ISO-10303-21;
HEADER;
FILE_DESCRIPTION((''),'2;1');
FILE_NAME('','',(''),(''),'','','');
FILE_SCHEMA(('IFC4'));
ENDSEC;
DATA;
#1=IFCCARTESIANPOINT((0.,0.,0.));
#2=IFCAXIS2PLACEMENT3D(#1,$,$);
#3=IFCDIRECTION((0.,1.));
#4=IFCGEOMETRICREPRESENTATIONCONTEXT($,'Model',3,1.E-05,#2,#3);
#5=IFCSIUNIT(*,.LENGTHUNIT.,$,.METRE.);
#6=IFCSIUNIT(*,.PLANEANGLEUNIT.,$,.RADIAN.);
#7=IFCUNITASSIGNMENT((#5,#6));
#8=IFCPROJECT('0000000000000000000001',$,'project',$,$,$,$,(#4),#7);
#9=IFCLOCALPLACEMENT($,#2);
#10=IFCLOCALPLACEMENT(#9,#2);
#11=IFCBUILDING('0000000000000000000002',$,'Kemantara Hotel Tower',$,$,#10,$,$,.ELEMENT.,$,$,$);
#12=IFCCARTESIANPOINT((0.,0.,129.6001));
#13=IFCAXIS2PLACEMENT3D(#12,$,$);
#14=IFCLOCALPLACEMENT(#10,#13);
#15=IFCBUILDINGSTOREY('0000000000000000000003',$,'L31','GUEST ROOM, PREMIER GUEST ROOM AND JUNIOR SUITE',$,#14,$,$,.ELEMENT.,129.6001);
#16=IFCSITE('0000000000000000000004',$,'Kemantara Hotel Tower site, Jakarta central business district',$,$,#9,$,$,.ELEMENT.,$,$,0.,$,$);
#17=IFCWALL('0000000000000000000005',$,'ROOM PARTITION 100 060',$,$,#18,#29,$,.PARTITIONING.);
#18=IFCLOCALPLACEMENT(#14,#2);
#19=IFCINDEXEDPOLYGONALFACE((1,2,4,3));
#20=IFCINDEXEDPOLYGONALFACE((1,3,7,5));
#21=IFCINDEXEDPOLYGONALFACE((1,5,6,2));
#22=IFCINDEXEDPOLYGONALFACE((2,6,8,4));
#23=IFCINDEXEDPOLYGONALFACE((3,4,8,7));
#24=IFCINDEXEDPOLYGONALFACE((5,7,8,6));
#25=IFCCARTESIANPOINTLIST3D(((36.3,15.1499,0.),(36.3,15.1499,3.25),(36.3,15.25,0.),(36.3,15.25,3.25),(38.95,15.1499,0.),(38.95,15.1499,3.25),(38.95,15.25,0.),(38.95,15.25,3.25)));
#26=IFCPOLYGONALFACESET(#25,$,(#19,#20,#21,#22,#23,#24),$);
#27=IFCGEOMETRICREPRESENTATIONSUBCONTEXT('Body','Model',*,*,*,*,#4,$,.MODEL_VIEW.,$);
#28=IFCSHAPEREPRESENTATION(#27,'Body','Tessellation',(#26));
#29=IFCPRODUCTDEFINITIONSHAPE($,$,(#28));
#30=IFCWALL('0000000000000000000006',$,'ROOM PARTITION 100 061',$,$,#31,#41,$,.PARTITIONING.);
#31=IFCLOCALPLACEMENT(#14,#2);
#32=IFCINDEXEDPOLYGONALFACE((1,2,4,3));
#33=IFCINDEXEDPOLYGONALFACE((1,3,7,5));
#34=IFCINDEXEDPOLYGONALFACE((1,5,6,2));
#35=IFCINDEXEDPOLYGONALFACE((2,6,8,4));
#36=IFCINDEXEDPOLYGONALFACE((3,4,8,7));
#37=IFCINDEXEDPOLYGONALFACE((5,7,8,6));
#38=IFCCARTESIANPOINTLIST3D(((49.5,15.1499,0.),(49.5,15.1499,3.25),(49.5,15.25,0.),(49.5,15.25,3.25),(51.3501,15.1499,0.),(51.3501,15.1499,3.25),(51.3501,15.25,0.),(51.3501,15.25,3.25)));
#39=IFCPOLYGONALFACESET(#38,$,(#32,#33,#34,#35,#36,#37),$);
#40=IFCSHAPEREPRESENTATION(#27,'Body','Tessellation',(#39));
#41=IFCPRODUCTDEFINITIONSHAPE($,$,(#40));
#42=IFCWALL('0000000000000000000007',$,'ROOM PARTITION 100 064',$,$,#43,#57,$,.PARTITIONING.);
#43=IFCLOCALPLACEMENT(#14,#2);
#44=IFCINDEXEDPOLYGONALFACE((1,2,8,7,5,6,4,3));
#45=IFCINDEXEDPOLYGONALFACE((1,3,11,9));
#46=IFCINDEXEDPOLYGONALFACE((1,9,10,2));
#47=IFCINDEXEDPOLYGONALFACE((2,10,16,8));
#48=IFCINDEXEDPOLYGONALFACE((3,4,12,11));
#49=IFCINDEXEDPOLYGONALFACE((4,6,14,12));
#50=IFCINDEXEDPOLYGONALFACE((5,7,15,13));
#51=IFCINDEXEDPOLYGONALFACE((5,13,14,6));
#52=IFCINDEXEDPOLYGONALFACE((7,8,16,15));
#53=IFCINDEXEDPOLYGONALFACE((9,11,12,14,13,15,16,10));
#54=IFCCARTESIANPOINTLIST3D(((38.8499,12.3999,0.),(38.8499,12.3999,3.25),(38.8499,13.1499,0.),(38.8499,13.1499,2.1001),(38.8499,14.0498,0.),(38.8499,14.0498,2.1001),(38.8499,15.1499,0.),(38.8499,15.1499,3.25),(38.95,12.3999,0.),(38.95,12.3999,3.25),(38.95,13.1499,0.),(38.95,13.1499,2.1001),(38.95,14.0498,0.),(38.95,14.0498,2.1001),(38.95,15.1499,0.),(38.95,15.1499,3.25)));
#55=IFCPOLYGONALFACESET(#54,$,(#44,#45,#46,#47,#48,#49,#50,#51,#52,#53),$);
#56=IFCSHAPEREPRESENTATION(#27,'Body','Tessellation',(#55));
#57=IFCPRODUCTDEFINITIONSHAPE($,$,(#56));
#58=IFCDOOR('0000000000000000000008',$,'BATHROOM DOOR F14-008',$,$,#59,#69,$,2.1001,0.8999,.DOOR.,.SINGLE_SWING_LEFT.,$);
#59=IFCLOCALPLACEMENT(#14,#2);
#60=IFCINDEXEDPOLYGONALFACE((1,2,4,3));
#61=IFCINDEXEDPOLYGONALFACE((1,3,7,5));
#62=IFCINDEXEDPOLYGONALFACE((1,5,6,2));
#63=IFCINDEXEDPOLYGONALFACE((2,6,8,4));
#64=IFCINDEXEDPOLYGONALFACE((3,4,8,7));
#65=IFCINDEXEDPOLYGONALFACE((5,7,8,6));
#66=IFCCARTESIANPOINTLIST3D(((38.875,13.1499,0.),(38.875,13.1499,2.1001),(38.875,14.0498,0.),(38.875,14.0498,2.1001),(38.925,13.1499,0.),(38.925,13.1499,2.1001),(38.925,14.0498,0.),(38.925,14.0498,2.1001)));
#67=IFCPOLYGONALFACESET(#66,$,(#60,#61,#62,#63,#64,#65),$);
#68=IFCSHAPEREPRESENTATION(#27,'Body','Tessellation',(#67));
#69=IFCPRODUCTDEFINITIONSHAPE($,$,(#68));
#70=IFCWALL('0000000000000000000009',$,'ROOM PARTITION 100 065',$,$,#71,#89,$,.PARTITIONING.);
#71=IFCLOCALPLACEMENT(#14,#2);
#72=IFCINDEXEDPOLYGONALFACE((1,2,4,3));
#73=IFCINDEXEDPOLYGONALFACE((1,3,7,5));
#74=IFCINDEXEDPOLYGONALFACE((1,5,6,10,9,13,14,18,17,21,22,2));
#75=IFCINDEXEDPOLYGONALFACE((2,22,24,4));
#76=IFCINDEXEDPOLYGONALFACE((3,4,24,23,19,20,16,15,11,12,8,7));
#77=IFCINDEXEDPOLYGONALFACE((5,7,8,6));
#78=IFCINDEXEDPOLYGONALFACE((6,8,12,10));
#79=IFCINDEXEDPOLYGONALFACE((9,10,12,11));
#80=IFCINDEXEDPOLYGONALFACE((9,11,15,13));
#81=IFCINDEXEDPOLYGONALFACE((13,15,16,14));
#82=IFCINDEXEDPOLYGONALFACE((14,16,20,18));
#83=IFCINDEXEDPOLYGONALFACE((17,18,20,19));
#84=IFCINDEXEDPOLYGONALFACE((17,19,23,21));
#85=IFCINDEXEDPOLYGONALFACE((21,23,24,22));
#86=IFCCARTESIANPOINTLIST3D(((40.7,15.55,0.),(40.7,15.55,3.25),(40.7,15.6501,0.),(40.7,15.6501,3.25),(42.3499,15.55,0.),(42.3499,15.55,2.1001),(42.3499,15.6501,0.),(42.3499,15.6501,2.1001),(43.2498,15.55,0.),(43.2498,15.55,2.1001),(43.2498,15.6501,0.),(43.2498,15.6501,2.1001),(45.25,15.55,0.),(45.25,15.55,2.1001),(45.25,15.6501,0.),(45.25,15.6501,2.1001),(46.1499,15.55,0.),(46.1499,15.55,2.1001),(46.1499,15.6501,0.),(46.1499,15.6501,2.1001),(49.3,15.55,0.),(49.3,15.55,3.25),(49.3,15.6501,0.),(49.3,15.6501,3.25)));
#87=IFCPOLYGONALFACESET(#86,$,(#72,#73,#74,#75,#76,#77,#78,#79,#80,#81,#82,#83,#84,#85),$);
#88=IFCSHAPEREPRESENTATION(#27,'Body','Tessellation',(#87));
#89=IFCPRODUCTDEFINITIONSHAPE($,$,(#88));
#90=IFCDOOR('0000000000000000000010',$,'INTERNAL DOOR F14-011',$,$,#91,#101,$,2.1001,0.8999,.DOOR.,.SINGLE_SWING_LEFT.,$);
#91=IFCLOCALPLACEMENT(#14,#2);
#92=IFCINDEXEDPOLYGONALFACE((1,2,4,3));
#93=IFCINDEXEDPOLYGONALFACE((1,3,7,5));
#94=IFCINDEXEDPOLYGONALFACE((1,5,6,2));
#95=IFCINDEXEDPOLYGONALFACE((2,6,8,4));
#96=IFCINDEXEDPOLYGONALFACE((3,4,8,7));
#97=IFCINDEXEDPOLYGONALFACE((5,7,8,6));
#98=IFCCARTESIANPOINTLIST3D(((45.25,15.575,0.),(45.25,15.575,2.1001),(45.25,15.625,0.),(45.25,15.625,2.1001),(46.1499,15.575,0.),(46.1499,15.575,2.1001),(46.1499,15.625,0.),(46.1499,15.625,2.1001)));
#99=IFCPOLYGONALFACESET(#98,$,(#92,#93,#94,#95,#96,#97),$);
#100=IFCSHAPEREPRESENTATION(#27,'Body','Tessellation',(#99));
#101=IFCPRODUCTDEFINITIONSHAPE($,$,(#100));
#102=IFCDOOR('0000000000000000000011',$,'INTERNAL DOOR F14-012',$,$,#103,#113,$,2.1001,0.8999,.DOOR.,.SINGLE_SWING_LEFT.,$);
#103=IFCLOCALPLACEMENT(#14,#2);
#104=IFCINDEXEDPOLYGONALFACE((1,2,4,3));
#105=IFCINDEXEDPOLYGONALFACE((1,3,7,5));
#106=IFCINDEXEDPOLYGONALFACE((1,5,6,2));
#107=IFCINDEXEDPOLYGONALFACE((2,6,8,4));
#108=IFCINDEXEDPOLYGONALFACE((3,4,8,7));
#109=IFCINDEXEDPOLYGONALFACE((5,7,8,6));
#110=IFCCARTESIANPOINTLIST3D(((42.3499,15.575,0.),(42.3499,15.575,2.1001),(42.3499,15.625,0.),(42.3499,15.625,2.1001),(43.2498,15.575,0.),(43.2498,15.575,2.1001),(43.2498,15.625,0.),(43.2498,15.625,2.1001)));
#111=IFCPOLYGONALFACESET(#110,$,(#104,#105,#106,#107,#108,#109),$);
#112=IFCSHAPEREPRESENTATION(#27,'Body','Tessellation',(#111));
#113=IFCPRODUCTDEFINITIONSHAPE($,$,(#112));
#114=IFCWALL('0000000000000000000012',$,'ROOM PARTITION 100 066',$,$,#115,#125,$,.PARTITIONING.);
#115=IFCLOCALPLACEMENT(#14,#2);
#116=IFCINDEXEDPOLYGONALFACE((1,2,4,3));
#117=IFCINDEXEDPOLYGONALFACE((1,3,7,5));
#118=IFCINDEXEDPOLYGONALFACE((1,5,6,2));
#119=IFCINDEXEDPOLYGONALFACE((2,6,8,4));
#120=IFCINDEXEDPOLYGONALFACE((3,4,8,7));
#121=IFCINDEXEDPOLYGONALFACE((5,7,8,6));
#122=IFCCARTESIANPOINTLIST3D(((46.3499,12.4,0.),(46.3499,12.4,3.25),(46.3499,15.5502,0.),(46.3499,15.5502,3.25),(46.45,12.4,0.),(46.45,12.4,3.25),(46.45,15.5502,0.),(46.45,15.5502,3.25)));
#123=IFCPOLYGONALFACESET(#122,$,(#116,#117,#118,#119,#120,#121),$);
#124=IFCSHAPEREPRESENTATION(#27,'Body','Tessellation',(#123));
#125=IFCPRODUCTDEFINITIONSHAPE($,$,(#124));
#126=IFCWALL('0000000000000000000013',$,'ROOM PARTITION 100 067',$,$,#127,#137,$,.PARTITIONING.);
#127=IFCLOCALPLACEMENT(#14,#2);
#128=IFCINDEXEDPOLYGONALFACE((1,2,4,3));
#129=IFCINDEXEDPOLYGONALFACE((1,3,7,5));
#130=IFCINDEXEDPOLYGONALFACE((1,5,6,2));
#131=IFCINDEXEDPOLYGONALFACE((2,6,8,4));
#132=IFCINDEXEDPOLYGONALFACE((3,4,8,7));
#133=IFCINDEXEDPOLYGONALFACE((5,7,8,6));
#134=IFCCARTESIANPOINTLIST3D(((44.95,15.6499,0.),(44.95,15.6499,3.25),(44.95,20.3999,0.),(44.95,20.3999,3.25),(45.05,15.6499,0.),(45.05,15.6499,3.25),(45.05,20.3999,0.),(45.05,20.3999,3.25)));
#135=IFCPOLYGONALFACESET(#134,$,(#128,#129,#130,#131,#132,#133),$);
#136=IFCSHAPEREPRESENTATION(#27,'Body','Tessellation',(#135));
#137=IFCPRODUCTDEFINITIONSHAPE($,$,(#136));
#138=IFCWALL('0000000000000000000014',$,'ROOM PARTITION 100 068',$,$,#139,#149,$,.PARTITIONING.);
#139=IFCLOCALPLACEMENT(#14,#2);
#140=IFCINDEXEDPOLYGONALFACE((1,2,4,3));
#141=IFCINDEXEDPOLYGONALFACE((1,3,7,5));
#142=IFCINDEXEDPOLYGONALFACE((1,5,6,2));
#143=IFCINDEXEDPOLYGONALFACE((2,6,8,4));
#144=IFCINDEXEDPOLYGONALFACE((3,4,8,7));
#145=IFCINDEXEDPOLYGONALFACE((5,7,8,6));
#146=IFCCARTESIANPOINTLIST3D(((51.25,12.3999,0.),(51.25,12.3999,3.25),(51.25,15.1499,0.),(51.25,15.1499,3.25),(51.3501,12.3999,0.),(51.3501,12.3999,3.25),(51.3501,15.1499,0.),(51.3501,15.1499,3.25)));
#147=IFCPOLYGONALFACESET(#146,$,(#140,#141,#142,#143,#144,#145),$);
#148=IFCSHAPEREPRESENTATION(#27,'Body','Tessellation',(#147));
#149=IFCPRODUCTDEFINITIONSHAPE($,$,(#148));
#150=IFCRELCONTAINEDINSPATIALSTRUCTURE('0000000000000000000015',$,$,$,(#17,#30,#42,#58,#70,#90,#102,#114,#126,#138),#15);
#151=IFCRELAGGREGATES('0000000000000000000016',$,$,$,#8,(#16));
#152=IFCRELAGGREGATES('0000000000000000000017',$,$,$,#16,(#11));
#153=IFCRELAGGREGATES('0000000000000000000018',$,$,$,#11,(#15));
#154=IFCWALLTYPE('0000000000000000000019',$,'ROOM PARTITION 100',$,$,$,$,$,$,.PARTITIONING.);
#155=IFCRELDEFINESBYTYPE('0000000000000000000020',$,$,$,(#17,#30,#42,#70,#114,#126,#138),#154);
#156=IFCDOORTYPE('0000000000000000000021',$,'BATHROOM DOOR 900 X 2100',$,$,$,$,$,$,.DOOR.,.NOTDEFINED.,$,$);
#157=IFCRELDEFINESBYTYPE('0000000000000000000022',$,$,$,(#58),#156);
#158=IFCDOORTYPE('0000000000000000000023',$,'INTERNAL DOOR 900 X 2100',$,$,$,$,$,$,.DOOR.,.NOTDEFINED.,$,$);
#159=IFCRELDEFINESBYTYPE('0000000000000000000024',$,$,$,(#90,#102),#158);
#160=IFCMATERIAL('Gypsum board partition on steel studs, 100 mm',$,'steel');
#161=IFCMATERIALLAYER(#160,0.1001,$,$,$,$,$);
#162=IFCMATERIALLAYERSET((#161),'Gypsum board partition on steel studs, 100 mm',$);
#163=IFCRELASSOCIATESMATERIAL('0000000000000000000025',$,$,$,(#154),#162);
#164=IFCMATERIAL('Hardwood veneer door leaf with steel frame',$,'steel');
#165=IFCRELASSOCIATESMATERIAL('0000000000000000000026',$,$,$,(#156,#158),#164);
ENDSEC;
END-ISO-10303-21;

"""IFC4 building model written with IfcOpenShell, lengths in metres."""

from ifc_helpers import new_model, si_unit, direction, frame, frame_2d, origin, place, context, subcontext, project, spatial, rectangle, extrude, material, layer, layer_set, type_object, element, fill, save


model = new_model("IFC4")

# Units and contexts
model_context = context("Model", 3, precision=1e-05, world=origin(), true_north=direction((0.0, 1.0)))
body_context = subcontext(model_context, "Body", "Model", "MODEL_VIEW")
ifc_project = project(units=[si_unit("LENGTHUNIT", "METRE"), si_unit("PLANEANGLEUNIT", "RADIAN")], contexts=[model_context])

# Site, building, storey
site_placement = place(None, origin())
site = spatial("IfcSite", under=ifc_project, at=site_placement, Name="Kemantara Hotel Tower site, Jakarta central business district", CompositionType="ELEMENT", RefElevation=0.0)
building_placement = place(site_placement, origin())
building = spatial("IfcBuilding", under=site, at=building_placement, Name="Kemantara Hotel Tower", CompositionType="ELEMENT")
storey_placement = place(building_placement, frame((0.0, 0.0, 129.6001)))
storey = spatial("IfcBuildingStorey", under=building, at=storey_placement, Name="L31", Description="GUEST ROOM, PREMIER GUEST ROOM AND JUNIOR SUITE", CompositionType="ELEMENT", Elevation=129.6001)

# Walls
ifc_material_1 = material(Name="Gypsum board partition on steel studs, 100 mm", Category="steel")
ifc_layer_1 = layer(ifc_material_1, 0.1001)
ifc_layer_set_1 = layer_set([ifc_layer_1], Name="Gypsum board partition on steel studs, 100 mm")
wall_type_1 = type_object("IfcWallType", Name="ROOM PARTITION 100", PredefinedType="PARTITIONING", material=ifc_layer_set_1)
wall_1_placement = place(storey_placement, frame((36.3, 15.2, 0.0), z_axis=(0.0, 0.0, 1.0), x_axis=(1.0, 0.0, 0.0)))
element("IfcWall", 1, at=wall_1_placement, inside=storey, type_object=wall_type_1, Name="ROOM PARTITION 100 060", PredefinedType="PARTITIONING", context=body_context, shape_type="SweptSolid", body=[
    extrude(rectangle(XDim=2.6499, YDim=0.1001, at=frame_2d((1.325, 0.0))), origin(), (0.0, 0.0, 1.0), 3.25),
])
wall_2_placement = place(storey_placement, frame((49.5, 15.2, 0.0), z_axis=(0.0, 0.0, 1.0), x_axis=(1.0, 0.0, 0.0)))
element("IfcWall", 2, at=wall_2_placement, inside=storey, type_object=wall_type_1, Name="ROOM PARTITION 100 061", PredefinedType="PARTITIONING", context=body_context, shape_type="SweptSolid", body=[
    extrude(rectangle(XDim=1.8501, YDim=0.1001, at=frame_2d((0.925, 0.0))), origin(), (0.0, 0.0, 1.0), 3.25),
])

# Wall, opening, door
wall_3_placement = place(storey_placement, frame((38.8999, 12.3999, 0.0), z_axis=(0.0, 0.0, 1.0), x_axis=(0.0, 1.0, 0.0)))
wall_3 = element("IfcWall", 3, at=wall_3_placement, inside=storey, type_object=wall_type_1, Name="ROOM PARTITION 100 064", PredefinedType="PARTITIONING", context=body_context, shape_type="SweptSolid", body=[
    extrude(rectangle(XDim=2.75, YDim=0.1001, at=frame_2d((1.375, 0.0))), origin(), (0.0, 0.0, 1.0), 3.25),
])
opening_1_placement = place(wall_3_placement, frame((0.75, 0.0, 0.0)))
opening_1 = element("IfcOpeningElement", 4, at=opening_1_placement, cuts=wall_3, PredefinedType="OPENING", context=body_context, shape_type="SweptSolid", body=[
    extrude(rectangle(XDim=0.8999, YDim=2.1001, at=frame_2d((0.45, 1.05))), frame((0.0, 0.0601, 0.0), z_axis=(0.0, -1.0, 0.0), x_axis=(1.0, 0.0, 0.0)), (0.0, 0.0, 1.0), 0.1201),
])
ifc_material_2 = material(Name="Hardwood veneer door leaf with steel frame", Category="steel")
door_type_1 = type_object("IfcDoorType", Name="BATHROOM DOOR 900 X 2100", OperationType="NOTDEFINED", PredefinedType="DOOR", material=ifc_material_2)
door_1_placement = place(opening_1_placement, origin())
door_1 = element("IfcDoor", 5, at=door_1_placement, inside=storey, type_object=door_type_1, Name="BATHROOM DOOR F14-008", OperationType="SINGLE_SWING_LEFT", OverallHeight=2.1001, OverallWidth=0.8999, PredefinedType="DOOR", context=body_context, shape_type="SweptSolid", body=[
    extrude(rectangle(XDim=0.8999, YDim=2.1001, at=frame_2d((0.45, 1.05))), frame((0.0, 0.0249, 0.0), z_axis=(0.0, -1.0, 0.0), x_axis=(1.0, 0.0, 0.0)), (0.0, 0.0, 1.0), 0.05),
])
fill(opening_1, door_1)

# Wall, openings, doors
wall_4_placement = place(storey_placement, frame((40.7, 15.6001, 0.0), z_axis=(0.0, 0.0, 1.0), x_axis=(1.0, 0.0, 0.0)))
wall_4 = element("IfcWall", 6, at=wall_4_placement, inside=storey, type_object=wall_type_1, Name="ROOM PARTITION 100 065", PredefinedType="PARTITIONING", context=body_context, shape_type="SweptSolid", body=[
    extrude(rectangle(XDim=8.6001, YDim=0.1001, at=frame_2d((4.3, 0.0))), origin(), (0.0, 0.0, 1.0), 3.25),
])
opening_2_placement = place(wall_4_placement, frame((4.55, 0.0, 0.0)))
opening_2 = element("IfcOpeningElement", 7, at=opening_2_placement, cuts=wall_4, PredefinedType="OPENING", context=body_context, shape_type="SweptSolid", body=[
    extrude(rectangle(XDim=0.8999, YDim=2.1001, at=frame_2d((0.45, 1.05))), frame((0.0, 0.0601, 0.0), z_axis=(0.0, -1.0, 0.0), x_axis=(1.0, 0.0, 0.0)), (0.0, 0.0, 1.0), 0.1201),
])
opening_3_placement = place(wall_4_placement, frame((1.6499, 0.0, 0.0)))
opening_3 = element("IfcOpeningElement", 8, at=opening_3_placement, cuts=wall_4, PredefinedType="OPENING", context=body_context, shape_type="SweptSolid", body=[
    extrude(rectangle(XDim=0.8999, YDim=2.1001, at=frame_2d((0.45, 1.05))), frame((0.0, 0.0601, 0.0), z_axis=(0.0, -1.0, 0.0), x_axis=(1.0, 0.0, 0.0)), (0.0, 0.0, 1.0), 0.1201),
])
door_type_2 = type_object("IfcDoorType", Name="INTERNAL DOOR 900 X 2100", OperationType="NOTDEFINED", PredefinedType="DOOR", material=ifc_material_2)
door_2_placement = place(opening_2_placement, origin())
door_2 = element("IfcDoor", 9, at=door_2_placement, inside=storey, type_object=door_type_2, Name="INTERNAL DOOR F14-011", OperationType="SINGLE_SWING_LEFT", OverallHeight=2.1001, OverallWidth=0.8999, PredefinedType="DOOR", context=body_context, shape_type="SweptSolid", body=[
    extrude(rectangle(XDim=0.8999, YDim=2.1001, at=frame_2d((0.45, 1.05))), frame((0.0, 0.0249, 0.0), z_axis=(0.0, -1.0, 0.0), x_axis=(1.0, 0.0, 0.0)), (0.0, 0.0, 1.0), 0.05),
])
fill(opening_2, door_2)
door_3_placement = place(opening_3_placement, origin())
door_3 = element("IfcDoor", 10, at=door_3_placement, inside=storey, type_object=door_type_2, Name="INTERNAL DOOR F14-012", OperationType="SINGLE_SWING_LEFT", OverallHeight=2.1001, OverallWidth=0.8999, PredefinedType="DOOR", context=body_context, shape_type="SweptSolid", body=[
    extrude(rectangle(XDim=0.8999, YDim=2.1001, at=frame_2d((0.45, 1.05))), frame((0.0, 0.0249, 0.0), z_axis=(0.0, -1.0, 0.0), x_axis=(1.0, 0.0, 0.0)), (0.0, 0.0, 1.0), 0.05),
])
fill(opening_3, door_3)

# Walls
wall_5_placement = place(storey_placement, frame((46.3999, 12.3999, 0.0), z_axis=(0.0, 0.0, 1.0), x_axis=(0.0, 1.0, 0.0)))
element("IfcWall", 11, at=wall_5_placement, inside=storey, type_object=wall_type_1, Name="ROOM PARTITION 100 066", PredefinedType="PARTITIONING", context=body_context, shape_type="SweptSolid", body=[
    extrude(rectangle(XDim=3.1501, YDim=0.1001, at=frame_2d((1.5752, 0.0))), origin(), (0.0, 0.0, 1.0), 3.25),
])
wall_6_placement = place(storey_placement, frame((45.0, 15.6499, 0.0), z_axis=(0.0, 0.0, 1.0), x_axis=(0.0, 1.0, 0.0)))
element("IfcWall", 12, at=wall_6_placement, inside=storey, type_object=wall_type_1, Name="ROOM PARTITION 100 067", PredefinedType="PARTITIONING", context=body_context, shape_type="SweptSolid", body=[
    extrude(rectangle(XDim=4.75, YDim=0.1001, at=frame_2d((2.375, 0.0))), origin(), (0.0, 0.0, 1.0), 3.25),
])
wall_7_placement = place(storey_placement, frame((51.3, 12.3999, 0.0), z_axis=(0.0, 0.0, 1.0), x_axis=(0.0, 1.0, 0.0)))
element("IfcWall", 13, at=wall_7_placement, inside=storey, type_object=wall_type_1, Name="ROOM PARTITION 100 068", PredefinedType="PARTITIONING", context=body_context, shape_type="SweptSolid", body=[
    extrude(rectangle(XDim=2.75, YDim=0.1001, at=frame_2d((1.375, 0.0))), origin(), (0.0, 0.0, 1.0), 3.25),
])

save(model, "model.ifc")
